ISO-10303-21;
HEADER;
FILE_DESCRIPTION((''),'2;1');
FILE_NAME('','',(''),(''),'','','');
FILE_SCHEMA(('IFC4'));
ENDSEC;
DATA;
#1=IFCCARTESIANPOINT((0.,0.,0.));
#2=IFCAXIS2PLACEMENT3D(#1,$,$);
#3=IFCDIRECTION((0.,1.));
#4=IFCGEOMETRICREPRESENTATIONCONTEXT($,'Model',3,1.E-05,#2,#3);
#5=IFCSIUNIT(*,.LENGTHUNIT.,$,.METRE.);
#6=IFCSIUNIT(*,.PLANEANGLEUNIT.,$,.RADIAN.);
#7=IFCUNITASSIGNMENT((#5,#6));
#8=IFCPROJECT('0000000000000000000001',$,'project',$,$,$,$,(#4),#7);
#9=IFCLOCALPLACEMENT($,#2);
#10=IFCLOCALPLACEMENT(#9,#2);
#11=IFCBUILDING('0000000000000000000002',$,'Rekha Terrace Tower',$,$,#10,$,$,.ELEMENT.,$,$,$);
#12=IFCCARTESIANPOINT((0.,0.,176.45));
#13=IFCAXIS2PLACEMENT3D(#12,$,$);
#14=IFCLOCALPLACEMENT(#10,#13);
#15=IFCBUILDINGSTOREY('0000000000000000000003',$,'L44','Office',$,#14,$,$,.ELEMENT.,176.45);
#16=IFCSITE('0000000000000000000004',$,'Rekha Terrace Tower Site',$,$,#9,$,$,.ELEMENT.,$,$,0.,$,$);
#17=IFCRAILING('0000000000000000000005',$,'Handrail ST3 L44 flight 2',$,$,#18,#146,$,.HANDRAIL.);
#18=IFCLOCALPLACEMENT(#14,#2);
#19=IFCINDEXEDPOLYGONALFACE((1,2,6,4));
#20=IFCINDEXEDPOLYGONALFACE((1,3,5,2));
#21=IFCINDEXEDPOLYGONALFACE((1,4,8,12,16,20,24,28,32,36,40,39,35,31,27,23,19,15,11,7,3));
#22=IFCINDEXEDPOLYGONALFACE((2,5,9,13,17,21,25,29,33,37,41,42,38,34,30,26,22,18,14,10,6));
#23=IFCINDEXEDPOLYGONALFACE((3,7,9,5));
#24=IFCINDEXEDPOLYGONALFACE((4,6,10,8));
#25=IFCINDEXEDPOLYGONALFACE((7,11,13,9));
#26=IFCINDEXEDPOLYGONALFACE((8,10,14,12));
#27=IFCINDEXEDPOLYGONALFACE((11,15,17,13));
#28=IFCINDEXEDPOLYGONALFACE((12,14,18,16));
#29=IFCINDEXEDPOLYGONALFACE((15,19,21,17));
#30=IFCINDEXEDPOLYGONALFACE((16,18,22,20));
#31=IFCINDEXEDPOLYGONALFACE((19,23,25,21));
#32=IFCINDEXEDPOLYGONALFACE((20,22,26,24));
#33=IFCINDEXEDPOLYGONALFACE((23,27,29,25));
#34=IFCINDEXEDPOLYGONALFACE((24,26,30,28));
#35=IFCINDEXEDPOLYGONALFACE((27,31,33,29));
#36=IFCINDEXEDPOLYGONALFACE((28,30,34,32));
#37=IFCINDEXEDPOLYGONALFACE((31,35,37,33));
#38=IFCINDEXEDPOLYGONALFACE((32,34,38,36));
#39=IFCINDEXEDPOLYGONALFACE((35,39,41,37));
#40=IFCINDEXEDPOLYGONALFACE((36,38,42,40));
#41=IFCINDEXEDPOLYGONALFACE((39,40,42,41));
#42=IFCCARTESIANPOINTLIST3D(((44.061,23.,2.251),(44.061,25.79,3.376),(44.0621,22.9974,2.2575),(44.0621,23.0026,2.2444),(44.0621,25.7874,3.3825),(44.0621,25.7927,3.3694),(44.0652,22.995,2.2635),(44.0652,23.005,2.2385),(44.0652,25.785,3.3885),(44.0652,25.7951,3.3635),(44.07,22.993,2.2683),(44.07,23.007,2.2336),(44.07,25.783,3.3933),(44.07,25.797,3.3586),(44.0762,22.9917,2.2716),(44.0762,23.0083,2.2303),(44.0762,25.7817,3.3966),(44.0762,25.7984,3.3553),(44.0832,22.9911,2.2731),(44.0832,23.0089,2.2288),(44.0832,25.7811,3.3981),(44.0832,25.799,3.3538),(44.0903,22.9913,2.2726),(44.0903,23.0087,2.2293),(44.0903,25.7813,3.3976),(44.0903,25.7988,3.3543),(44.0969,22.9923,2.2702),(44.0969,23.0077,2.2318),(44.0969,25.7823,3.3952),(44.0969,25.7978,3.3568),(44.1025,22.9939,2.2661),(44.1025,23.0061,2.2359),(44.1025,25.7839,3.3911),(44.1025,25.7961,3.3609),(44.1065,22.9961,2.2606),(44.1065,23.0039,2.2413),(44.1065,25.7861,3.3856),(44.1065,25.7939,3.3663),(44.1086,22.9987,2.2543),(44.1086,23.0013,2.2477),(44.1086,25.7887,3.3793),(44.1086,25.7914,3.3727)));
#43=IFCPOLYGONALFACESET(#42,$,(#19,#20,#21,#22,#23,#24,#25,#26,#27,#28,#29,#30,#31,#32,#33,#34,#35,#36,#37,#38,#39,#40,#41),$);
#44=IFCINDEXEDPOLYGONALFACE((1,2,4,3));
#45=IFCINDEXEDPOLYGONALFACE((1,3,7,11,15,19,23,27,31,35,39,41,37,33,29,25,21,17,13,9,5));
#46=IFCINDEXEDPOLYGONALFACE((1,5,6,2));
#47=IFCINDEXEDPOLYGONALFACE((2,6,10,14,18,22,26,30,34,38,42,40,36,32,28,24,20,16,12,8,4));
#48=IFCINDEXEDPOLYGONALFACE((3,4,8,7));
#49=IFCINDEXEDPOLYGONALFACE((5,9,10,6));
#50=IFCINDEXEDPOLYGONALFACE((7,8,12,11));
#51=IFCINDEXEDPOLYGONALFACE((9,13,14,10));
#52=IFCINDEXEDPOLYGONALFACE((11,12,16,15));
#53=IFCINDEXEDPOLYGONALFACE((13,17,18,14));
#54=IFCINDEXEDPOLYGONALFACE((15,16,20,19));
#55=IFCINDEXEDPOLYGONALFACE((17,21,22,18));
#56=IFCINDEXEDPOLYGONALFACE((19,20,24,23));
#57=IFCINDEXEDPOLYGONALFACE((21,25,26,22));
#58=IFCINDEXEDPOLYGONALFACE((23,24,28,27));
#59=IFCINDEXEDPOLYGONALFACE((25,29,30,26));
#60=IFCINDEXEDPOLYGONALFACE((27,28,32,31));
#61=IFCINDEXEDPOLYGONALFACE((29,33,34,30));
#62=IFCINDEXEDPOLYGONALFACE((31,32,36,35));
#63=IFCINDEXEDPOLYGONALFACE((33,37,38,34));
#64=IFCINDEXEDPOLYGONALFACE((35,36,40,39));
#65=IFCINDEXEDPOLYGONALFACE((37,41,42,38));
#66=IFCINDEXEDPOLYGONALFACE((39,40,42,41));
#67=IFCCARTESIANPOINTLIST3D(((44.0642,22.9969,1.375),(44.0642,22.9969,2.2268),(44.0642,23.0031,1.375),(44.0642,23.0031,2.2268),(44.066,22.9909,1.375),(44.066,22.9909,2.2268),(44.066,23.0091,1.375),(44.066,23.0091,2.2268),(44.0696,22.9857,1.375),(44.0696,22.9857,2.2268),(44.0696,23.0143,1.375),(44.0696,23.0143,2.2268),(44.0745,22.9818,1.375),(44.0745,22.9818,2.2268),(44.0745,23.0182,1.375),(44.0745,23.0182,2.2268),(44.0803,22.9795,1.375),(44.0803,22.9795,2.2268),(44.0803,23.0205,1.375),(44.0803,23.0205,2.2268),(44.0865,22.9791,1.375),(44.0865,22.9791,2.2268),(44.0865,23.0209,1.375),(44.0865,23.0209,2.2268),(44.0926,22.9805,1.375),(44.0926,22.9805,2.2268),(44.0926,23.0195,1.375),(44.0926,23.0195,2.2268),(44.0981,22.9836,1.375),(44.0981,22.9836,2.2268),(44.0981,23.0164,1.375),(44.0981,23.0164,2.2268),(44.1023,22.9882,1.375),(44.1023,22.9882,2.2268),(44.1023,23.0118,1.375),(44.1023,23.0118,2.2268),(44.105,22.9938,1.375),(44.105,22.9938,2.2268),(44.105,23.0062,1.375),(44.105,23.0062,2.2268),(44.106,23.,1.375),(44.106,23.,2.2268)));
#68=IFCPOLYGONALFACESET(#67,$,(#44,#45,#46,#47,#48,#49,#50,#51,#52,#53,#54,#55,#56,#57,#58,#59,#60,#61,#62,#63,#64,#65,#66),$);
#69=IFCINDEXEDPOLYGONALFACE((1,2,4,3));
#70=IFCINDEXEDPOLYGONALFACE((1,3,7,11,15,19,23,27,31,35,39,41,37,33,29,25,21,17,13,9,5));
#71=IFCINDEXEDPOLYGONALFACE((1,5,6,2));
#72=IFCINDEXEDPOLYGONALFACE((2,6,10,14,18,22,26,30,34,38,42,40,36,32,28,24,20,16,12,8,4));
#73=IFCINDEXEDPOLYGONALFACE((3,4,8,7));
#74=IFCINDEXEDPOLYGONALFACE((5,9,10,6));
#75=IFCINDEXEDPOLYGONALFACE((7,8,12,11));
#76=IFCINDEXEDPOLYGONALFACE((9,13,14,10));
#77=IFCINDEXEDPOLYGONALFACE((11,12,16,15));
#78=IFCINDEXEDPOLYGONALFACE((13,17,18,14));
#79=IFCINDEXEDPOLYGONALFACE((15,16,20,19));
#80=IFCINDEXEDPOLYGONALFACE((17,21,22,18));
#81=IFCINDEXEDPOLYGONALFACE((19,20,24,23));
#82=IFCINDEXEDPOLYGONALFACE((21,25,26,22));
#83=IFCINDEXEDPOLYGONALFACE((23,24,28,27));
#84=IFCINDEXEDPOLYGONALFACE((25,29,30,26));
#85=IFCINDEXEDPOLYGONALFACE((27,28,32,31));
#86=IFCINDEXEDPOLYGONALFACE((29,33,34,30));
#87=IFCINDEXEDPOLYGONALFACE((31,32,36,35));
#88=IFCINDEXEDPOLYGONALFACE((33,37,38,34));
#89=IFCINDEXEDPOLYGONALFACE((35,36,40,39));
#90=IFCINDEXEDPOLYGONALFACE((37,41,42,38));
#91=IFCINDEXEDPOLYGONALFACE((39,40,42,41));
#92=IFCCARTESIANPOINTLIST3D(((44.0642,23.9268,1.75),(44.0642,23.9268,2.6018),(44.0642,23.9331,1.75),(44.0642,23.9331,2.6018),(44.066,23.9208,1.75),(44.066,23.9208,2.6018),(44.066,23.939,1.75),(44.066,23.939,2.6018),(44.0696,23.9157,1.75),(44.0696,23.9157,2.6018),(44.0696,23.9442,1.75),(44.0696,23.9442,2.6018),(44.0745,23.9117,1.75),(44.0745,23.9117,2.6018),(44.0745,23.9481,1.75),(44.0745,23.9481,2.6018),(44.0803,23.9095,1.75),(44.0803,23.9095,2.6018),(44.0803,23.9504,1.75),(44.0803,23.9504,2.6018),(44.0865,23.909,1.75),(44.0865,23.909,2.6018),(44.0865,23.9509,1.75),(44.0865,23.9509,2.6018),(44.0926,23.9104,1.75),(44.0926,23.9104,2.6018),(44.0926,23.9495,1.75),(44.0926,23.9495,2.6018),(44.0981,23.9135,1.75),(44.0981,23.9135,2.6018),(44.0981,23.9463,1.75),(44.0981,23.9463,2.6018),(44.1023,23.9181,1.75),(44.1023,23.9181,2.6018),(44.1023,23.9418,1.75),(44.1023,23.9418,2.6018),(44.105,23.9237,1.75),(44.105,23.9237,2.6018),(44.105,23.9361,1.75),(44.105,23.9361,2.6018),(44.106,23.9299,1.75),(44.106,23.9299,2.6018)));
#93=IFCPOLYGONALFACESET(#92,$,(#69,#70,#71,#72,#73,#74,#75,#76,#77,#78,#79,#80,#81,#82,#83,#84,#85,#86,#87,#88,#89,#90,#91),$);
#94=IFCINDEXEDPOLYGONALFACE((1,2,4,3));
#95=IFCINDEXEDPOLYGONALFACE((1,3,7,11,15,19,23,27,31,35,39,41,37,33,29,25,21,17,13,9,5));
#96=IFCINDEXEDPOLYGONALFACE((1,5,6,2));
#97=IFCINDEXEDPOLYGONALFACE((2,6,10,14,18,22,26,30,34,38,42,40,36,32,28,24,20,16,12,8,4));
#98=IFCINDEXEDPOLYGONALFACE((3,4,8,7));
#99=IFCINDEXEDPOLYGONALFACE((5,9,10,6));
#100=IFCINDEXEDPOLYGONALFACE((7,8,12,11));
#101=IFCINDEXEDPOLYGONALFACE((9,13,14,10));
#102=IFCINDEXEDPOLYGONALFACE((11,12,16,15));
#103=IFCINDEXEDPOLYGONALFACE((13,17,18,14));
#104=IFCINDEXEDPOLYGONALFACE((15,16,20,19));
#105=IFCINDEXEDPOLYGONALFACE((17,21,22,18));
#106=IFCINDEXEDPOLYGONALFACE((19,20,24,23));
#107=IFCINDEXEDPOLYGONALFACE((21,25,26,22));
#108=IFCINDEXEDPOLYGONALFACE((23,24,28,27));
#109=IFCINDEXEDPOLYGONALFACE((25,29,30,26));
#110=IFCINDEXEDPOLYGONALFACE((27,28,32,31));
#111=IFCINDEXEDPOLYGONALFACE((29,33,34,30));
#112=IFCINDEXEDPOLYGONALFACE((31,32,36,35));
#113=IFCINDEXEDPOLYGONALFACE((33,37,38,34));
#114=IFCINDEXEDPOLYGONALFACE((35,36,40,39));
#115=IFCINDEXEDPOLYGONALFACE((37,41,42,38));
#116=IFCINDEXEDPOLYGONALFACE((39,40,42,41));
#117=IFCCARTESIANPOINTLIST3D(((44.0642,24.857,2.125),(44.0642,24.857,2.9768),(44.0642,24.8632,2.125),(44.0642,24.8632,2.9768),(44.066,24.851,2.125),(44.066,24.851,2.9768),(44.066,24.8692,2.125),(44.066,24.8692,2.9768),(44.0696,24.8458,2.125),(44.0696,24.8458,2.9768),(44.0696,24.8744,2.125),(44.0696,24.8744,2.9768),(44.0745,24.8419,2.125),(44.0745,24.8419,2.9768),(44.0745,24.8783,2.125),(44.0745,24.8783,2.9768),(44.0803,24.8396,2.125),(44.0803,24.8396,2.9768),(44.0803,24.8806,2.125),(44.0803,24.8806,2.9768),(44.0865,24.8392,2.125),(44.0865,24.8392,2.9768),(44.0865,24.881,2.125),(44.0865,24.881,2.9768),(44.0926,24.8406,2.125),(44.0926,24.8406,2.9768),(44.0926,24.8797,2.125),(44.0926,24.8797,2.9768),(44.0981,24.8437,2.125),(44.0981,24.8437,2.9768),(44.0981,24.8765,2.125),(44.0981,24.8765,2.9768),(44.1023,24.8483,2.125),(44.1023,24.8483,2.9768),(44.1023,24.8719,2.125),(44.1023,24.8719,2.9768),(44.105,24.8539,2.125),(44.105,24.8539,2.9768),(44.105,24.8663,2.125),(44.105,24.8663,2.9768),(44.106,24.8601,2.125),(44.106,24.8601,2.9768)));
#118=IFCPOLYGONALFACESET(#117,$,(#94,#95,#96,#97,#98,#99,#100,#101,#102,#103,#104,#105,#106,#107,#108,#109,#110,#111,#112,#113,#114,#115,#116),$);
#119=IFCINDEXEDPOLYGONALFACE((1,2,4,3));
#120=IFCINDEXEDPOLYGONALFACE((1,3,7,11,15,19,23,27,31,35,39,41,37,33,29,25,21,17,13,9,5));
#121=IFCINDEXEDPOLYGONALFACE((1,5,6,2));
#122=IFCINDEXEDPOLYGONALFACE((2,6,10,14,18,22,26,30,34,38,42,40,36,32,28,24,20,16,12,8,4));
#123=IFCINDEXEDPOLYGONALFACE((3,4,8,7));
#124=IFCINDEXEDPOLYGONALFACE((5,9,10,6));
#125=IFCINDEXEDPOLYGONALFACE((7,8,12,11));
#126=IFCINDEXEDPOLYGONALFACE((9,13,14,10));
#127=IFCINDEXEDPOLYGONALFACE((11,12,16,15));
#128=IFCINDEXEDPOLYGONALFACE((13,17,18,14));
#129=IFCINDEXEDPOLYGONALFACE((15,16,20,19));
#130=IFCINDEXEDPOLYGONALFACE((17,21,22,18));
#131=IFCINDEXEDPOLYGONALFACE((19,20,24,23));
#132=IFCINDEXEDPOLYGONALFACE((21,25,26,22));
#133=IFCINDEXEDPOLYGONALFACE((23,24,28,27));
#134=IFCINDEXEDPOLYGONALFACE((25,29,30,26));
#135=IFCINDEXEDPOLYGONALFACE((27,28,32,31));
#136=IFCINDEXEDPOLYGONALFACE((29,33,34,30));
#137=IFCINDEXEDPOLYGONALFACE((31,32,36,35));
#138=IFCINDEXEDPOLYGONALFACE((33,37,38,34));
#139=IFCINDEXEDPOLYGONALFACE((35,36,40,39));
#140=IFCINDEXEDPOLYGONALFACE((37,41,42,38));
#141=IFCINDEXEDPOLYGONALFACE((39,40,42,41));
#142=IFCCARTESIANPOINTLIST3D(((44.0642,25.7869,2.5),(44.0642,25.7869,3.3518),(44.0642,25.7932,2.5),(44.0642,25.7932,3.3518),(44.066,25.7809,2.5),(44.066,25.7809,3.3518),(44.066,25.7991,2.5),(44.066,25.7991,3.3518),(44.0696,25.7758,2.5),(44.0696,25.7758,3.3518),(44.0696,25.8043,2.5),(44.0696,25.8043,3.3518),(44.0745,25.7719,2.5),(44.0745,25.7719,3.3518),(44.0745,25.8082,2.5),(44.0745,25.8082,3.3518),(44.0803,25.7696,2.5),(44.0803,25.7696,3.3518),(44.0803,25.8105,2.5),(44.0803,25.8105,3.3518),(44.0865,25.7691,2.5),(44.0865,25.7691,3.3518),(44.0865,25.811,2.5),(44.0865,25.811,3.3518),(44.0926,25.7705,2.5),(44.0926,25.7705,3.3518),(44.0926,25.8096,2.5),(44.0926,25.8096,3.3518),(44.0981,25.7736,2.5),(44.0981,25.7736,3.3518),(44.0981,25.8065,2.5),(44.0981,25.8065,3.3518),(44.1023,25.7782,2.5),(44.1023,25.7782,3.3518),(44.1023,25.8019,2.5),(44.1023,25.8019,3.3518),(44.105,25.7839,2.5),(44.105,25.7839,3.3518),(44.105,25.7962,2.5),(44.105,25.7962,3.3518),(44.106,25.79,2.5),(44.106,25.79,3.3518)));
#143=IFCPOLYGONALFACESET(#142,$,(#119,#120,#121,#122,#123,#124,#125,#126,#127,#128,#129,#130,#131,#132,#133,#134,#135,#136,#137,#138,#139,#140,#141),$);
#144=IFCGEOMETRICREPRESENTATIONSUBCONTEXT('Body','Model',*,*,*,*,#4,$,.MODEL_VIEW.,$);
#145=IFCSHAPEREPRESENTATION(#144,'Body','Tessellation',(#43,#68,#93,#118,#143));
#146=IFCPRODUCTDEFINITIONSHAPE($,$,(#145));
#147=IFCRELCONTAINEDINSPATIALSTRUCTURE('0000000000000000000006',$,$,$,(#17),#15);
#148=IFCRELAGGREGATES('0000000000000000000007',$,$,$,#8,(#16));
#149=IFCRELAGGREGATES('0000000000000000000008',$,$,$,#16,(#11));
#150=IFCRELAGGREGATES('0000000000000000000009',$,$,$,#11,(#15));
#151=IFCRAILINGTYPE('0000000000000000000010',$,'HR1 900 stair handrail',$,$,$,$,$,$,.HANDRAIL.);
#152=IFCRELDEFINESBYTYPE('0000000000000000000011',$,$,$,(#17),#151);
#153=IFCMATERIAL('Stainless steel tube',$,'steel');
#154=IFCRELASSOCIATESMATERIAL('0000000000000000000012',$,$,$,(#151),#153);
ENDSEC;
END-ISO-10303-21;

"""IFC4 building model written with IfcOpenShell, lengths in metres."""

from ifc_helpers import new_model, si_unit, direction, frame, origin, origin_2d, place, context, subcontext, project, spatial, circle, extrude, material, type_object, element, save


model = new_model("IFC4")

# Units and contexts
model_context = context("Model", 3, precision=1e-05, world=origin(), true_north=direction((0.0, 1.0)))
body_context = subcontext(model_context, "Body", "Model", "MODEL_VIEW")
ifc_project = project(units=[si_unit("LENGTHUNIT", "METRE"), si_unit("PLANEANGLEUNIT", "RADIAN")], contexts=[model_context])

# Site, building, storey
site_placement = place(None, origin())
site = spatial("IfcSite", under=ifc_project, at=site_placement, Name="Rekha Terrace Tower Site", CompositionType="ELEMENT", RefElevation=0.0)
building_placement = place(site_placement, origin())
building = spatial("IfcBuilding", under=site, at=building_placement, Name="Rekha Terrace Tower", CompositionType="ELEMENT")
storey_placement = place(building_placement, frame((0.0, 0.0, 176.45)))
storey = spatial("IfcBuildingStorey", under=building, at=storey_placement, Name="L44", Description="Office", CompositionType="ELEMENT", Elevation=176.45)

# Railing
ifc_material_1 = material(Name="Stainless steel tube", Category="steel")
railing_type_1 = type_object("IfcRailingType", Name="HR1 900 stair handrail", PredefinedType="HANDRAIL", material=ifc_material_1)
railing_1_placement = place(storey_placement, frame((44.085, 23.0, 1.375)))
element("IfcRailing", 1, at=railing_1_placement, inside=storey, type_object=railing_type_1, Name="Handrail ST3 L44 flight 2", PredefinedType="HANDRAIL", context=body_context, shape_type="SweptSolid", body=[
    extrude(circle(Radius=0.0239, at=origin_2d()), frame((0.0, 0.0, 0.876), z_axis=(0.0, 0.927443, 0.373964), x_axis=(-1.0, 0.0, 0.0)), (0.0, 0.0, 1.0), 3.0083),
    extrude(circle(Radius=0.021, at=origin_2d()), origin(), (0.0, 0.0, 1.0), 0.8518),
    extrude(circle(Radius=0.021, at=origin_2d()), frame((0.0, 0.9299, 0.375)), (0.0, 0.0, 1.0), 0.8518),
    extrude(circle(Radius=0.021, at=origin_2d()), frame((0.0, 1.8601, 0.75)), (0.0, 0.0, 1.0), 0.8518),
    extrude(circle(Radius=0.021, at=origin_2d()), frame((0.0, 2.79, 1.125)), (0.0, 0.0, 1.0), 0.8518),
])

save(model, "model.ifc")
